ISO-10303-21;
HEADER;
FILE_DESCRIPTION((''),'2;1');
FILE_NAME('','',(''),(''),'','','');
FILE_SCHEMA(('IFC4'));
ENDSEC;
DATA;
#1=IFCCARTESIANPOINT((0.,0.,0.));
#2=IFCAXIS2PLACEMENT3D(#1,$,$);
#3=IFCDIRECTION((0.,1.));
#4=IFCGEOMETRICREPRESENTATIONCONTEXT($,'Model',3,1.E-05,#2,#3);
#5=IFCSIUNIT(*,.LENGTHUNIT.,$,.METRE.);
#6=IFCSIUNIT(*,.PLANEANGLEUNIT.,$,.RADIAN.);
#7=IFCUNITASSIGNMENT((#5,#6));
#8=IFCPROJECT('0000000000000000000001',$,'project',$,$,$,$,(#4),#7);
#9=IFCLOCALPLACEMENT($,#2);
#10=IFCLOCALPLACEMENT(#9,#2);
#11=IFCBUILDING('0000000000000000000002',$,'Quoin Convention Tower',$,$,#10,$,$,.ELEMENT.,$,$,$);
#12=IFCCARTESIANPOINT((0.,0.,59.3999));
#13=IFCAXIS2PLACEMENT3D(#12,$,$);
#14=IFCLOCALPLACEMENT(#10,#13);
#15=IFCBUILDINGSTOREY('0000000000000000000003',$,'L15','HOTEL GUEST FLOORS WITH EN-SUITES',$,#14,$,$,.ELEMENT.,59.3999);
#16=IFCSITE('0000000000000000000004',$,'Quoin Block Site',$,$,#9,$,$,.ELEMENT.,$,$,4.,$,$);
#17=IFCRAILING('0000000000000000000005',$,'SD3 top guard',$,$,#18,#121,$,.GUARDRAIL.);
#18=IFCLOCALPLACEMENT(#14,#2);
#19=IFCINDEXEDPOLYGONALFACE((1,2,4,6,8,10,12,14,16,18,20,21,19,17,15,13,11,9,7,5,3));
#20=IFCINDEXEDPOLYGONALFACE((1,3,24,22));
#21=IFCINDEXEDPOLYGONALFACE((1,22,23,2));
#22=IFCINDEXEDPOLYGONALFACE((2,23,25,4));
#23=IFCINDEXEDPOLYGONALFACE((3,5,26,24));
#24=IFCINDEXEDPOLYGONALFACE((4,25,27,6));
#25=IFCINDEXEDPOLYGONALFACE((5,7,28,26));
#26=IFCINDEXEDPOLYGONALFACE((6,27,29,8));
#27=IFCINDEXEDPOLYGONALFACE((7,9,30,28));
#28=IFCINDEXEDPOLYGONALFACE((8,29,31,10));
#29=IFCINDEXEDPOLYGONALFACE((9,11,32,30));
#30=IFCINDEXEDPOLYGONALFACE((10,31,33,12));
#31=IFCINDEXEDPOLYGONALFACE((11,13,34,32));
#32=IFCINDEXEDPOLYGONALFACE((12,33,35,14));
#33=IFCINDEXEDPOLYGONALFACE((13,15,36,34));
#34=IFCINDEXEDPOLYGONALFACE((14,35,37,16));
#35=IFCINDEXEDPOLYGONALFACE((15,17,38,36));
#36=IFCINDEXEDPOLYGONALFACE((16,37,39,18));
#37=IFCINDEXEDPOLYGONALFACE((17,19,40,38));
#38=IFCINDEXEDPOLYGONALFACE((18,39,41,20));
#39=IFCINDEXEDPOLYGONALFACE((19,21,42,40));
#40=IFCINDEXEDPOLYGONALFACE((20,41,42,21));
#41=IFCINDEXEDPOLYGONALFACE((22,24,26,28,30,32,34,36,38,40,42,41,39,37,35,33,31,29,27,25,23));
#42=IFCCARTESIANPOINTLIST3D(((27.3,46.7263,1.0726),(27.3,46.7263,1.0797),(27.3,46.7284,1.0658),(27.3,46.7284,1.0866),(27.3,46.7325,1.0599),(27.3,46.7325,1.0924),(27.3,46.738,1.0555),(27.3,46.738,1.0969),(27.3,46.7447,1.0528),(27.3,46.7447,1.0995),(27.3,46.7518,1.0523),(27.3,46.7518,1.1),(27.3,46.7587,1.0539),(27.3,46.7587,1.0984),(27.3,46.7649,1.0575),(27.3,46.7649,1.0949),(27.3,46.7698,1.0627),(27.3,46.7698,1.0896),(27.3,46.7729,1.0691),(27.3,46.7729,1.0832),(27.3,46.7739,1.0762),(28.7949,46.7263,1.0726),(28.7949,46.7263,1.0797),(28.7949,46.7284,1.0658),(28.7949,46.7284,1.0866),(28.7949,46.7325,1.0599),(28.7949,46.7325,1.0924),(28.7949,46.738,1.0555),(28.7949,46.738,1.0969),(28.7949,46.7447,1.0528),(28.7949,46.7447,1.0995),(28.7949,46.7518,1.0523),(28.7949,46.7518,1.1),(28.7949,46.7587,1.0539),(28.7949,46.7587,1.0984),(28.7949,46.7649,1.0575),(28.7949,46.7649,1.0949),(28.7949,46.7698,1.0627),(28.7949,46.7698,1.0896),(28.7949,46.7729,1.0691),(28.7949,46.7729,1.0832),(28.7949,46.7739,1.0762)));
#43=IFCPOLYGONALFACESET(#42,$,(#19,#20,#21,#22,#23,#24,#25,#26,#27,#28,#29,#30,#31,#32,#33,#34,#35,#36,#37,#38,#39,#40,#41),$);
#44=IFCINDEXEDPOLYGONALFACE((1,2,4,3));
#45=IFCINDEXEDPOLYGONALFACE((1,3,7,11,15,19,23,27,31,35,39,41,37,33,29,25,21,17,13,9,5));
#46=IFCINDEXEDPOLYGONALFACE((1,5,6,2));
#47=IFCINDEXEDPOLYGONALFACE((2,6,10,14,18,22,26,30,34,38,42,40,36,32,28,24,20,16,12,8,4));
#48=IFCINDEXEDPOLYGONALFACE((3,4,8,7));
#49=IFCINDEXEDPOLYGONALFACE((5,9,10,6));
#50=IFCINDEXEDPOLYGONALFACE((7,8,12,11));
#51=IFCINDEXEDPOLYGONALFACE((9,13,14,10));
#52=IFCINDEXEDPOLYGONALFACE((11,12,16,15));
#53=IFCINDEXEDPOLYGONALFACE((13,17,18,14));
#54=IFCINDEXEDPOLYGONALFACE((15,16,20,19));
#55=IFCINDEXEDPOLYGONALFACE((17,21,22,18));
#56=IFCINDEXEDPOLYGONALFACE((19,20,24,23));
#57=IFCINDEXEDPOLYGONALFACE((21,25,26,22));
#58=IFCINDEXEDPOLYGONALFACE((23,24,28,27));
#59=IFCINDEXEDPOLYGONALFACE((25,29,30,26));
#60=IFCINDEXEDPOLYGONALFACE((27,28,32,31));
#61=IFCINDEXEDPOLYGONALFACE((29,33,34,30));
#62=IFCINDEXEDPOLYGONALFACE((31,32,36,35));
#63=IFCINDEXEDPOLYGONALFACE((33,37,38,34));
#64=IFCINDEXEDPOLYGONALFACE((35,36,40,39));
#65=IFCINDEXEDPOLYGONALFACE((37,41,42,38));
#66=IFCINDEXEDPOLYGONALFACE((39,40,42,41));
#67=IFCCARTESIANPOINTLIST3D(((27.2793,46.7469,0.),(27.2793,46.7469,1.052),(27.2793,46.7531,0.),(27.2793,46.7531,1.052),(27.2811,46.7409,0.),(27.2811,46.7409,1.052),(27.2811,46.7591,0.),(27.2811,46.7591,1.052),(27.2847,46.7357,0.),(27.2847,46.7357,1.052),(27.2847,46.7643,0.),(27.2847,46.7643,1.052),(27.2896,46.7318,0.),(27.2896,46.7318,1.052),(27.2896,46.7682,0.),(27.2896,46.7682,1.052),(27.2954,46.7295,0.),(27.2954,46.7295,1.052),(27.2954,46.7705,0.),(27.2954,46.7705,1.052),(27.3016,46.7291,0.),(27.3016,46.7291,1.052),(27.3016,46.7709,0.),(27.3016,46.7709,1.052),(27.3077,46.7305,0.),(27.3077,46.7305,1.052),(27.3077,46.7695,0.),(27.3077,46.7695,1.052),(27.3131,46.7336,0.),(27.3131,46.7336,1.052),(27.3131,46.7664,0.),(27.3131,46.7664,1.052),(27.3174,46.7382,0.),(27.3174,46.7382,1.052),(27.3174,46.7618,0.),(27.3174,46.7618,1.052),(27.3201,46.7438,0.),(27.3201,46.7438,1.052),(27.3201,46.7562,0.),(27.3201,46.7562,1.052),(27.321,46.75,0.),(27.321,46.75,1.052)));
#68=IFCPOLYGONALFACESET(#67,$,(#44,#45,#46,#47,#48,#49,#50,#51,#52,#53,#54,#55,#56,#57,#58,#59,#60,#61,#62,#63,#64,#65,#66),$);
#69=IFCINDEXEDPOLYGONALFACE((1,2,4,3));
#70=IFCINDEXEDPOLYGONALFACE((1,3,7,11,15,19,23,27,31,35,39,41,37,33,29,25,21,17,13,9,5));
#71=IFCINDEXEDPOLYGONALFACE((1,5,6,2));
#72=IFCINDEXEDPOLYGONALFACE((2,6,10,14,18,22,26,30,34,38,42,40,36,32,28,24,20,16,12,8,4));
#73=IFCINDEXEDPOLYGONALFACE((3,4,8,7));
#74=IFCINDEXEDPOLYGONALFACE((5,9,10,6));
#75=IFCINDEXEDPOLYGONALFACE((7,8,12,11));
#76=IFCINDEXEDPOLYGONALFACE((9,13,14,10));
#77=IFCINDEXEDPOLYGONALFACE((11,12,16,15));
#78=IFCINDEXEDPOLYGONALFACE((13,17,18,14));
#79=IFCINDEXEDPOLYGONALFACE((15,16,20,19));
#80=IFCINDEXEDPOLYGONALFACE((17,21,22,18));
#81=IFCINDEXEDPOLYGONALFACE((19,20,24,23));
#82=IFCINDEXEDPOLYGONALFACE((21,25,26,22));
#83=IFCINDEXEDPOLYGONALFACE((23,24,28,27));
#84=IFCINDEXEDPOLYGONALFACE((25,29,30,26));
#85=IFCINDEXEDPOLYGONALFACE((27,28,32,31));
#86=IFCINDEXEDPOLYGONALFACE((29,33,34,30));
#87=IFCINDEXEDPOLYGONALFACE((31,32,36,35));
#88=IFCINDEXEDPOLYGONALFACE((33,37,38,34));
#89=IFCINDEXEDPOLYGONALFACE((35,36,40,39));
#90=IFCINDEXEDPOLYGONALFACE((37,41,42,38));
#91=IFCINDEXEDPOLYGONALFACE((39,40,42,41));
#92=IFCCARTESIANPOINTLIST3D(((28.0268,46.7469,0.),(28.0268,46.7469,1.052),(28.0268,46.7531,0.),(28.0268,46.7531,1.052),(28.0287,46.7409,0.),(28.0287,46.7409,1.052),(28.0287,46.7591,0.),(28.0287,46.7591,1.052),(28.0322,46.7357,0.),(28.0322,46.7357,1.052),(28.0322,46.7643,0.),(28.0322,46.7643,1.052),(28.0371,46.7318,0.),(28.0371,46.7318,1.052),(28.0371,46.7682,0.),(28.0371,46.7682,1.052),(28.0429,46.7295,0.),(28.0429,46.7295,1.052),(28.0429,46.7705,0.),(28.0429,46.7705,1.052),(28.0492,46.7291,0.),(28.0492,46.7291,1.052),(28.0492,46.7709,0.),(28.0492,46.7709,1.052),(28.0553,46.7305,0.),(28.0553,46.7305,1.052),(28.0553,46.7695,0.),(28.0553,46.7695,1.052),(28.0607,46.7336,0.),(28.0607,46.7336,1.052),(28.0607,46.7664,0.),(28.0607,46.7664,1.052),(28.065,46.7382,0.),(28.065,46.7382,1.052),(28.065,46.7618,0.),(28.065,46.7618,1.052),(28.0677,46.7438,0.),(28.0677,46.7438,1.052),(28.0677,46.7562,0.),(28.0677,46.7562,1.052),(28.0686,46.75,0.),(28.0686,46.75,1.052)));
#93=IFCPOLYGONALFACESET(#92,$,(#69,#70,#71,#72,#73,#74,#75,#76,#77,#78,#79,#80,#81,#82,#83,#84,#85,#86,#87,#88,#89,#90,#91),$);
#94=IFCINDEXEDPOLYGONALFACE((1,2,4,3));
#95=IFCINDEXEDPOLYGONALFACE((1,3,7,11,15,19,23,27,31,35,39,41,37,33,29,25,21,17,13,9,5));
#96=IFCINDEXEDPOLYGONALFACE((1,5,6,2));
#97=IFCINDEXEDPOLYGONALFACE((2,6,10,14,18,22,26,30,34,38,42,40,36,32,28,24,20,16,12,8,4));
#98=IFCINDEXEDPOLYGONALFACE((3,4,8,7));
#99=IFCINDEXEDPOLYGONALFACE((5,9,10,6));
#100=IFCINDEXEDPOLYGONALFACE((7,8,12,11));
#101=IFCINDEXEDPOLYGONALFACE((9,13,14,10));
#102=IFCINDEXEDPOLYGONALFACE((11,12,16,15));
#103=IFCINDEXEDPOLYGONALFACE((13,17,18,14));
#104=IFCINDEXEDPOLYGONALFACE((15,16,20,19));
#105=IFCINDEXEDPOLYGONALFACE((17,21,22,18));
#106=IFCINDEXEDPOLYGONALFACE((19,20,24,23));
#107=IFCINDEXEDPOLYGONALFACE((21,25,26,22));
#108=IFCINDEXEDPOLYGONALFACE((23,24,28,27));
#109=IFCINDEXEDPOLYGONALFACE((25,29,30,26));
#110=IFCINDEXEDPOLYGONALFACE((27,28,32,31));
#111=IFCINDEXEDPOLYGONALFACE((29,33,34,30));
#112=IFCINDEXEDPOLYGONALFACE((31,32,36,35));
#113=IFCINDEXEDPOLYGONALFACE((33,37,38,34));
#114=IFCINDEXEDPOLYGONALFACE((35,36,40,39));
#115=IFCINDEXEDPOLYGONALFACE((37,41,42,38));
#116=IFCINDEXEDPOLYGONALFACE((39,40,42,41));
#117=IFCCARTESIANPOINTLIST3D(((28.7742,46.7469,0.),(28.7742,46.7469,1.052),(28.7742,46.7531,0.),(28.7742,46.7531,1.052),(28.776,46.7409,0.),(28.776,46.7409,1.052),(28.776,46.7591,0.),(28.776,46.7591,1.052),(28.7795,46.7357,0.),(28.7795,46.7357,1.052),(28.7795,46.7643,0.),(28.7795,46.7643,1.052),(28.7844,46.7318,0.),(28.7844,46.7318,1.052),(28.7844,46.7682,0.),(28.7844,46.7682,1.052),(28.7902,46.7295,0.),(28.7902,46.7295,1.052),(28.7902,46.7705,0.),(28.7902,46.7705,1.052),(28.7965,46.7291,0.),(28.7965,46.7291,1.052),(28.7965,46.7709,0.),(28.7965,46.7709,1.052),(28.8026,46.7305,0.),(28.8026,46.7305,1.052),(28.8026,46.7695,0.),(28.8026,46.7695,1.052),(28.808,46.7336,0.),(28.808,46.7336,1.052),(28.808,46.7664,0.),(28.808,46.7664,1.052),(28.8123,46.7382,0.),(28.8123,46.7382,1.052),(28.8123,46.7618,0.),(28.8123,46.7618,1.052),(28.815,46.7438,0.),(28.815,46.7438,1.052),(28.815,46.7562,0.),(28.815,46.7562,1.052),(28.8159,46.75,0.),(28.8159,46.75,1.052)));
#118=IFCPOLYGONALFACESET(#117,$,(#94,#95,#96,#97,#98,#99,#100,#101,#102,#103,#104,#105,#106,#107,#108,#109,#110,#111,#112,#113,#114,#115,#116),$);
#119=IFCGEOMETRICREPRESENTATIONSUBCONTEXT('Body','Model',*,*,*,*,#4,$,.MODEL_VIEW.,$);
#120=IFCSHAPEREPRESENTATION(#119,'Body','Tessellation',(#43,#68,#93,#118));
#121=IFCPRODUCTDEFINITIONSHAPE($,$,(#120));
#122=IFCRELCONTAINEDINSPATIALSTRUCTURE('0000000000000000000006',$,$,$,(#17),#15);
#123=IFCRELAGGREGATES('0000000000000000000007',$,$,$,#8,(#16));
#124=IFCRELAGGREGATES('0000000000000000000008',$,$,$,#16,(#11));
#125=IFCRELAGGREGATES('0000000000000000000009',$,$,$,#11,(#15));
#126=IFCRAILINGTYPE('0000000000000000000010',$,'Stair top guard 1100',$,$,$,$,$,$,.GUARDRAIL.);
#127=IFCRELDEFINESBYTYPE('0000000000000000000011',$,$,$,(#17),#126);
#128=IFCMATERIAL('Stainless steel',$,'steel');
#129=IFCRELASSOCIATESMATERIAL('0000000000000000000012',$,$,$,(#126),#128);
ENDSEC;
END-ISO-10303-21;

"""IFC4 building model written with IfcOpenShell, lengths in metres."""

from ifc_helpers import new_model, si_unit, direction, frame, origin, origin_2d, place, context, subcontext, project, spatial, circle, extrude, material, type_object, element, save


model = new_model("IFC4")

# Units and contexts
model_context = context("Model", 3, precision=1e-05, world=origin(), true_north=direction((0.0, 1.0)))
body_context = subcontext(model_context, "Body", "Model", "MODEL_VIEW")
ifc_project = project(units=[si_unit("LENGTHUNIT", "METRE"), si_unit("PLANEANGLEUNIT", "RADIAN")], contexts=[model_context])

# Site, building, storey
site_placement = place(None, origin())
site = spatial("IfcSite", under=ifc_project, at=site_placement, Name="Quoin Block Site", CompositionType="ELEMENT", RefElevation=4.0)
building_placement = place(site_placement, origin())
building = spatial("IfcBuilding", under=site, at=building_placement, Name="Quoin Convention Tower", CompositionType="ELEMENT")
storey_placement = place(building_placement, frame((0.0, 0.0, 59.3999)))
storey = spatial("IfcBuildingStorey", under=building, at=storey_placement, Name="L15", Description="HOTEL GUEST FLOORS WITH EN-SUITES", CompositionType="ELEMENT", Elevation=59.3999)

# Railing
ifc_material_1 = material(Name="Stainless steel", Category="steel")
railing_type_1 = type_object("IfcRailingType", Name="Stair top guard 1100", PredefinedType="GUARDRAIL", material=ifc_material_1)
railing_placement = place(storey_placement, frame((27.3, 46.75, 0.0)))
element("IfcRailing", 1, at=railing_placement, inside=storey, type_object=railing_type_1, Name="SD3 top guard", PredefinedType="GUARDRAIL", context=body_context, shape_type="SweptSolid", body=[
    extrude(circle(Radius=0.0239, at=origin_2d()), frame((0.0, 0.0, 1.0762), z_axis=(1.0, 0.0, 0.0), x_axis=(0.0, 1.0, 0.0)), (0.0, 0.0, 1.0), 1.4949),
    extrude(circle(Radius=0.021, at=origin_2d()), origin(), (0.0, 0.0, 1.0), 1.052),
    extrude(circle(Radius=0.021, at=origin_2d()), frame((0.7476, 0.0, 0.0)), (0.0, 0.0, 1.0), 1.052),
    extrude(circle(Radius=0.021, at=origin_2d()), frame((1.4949, 0.0, 0.0)), (0.0, 0.0, 1.0), 1.052),
])

save(model, "model.ifc")
